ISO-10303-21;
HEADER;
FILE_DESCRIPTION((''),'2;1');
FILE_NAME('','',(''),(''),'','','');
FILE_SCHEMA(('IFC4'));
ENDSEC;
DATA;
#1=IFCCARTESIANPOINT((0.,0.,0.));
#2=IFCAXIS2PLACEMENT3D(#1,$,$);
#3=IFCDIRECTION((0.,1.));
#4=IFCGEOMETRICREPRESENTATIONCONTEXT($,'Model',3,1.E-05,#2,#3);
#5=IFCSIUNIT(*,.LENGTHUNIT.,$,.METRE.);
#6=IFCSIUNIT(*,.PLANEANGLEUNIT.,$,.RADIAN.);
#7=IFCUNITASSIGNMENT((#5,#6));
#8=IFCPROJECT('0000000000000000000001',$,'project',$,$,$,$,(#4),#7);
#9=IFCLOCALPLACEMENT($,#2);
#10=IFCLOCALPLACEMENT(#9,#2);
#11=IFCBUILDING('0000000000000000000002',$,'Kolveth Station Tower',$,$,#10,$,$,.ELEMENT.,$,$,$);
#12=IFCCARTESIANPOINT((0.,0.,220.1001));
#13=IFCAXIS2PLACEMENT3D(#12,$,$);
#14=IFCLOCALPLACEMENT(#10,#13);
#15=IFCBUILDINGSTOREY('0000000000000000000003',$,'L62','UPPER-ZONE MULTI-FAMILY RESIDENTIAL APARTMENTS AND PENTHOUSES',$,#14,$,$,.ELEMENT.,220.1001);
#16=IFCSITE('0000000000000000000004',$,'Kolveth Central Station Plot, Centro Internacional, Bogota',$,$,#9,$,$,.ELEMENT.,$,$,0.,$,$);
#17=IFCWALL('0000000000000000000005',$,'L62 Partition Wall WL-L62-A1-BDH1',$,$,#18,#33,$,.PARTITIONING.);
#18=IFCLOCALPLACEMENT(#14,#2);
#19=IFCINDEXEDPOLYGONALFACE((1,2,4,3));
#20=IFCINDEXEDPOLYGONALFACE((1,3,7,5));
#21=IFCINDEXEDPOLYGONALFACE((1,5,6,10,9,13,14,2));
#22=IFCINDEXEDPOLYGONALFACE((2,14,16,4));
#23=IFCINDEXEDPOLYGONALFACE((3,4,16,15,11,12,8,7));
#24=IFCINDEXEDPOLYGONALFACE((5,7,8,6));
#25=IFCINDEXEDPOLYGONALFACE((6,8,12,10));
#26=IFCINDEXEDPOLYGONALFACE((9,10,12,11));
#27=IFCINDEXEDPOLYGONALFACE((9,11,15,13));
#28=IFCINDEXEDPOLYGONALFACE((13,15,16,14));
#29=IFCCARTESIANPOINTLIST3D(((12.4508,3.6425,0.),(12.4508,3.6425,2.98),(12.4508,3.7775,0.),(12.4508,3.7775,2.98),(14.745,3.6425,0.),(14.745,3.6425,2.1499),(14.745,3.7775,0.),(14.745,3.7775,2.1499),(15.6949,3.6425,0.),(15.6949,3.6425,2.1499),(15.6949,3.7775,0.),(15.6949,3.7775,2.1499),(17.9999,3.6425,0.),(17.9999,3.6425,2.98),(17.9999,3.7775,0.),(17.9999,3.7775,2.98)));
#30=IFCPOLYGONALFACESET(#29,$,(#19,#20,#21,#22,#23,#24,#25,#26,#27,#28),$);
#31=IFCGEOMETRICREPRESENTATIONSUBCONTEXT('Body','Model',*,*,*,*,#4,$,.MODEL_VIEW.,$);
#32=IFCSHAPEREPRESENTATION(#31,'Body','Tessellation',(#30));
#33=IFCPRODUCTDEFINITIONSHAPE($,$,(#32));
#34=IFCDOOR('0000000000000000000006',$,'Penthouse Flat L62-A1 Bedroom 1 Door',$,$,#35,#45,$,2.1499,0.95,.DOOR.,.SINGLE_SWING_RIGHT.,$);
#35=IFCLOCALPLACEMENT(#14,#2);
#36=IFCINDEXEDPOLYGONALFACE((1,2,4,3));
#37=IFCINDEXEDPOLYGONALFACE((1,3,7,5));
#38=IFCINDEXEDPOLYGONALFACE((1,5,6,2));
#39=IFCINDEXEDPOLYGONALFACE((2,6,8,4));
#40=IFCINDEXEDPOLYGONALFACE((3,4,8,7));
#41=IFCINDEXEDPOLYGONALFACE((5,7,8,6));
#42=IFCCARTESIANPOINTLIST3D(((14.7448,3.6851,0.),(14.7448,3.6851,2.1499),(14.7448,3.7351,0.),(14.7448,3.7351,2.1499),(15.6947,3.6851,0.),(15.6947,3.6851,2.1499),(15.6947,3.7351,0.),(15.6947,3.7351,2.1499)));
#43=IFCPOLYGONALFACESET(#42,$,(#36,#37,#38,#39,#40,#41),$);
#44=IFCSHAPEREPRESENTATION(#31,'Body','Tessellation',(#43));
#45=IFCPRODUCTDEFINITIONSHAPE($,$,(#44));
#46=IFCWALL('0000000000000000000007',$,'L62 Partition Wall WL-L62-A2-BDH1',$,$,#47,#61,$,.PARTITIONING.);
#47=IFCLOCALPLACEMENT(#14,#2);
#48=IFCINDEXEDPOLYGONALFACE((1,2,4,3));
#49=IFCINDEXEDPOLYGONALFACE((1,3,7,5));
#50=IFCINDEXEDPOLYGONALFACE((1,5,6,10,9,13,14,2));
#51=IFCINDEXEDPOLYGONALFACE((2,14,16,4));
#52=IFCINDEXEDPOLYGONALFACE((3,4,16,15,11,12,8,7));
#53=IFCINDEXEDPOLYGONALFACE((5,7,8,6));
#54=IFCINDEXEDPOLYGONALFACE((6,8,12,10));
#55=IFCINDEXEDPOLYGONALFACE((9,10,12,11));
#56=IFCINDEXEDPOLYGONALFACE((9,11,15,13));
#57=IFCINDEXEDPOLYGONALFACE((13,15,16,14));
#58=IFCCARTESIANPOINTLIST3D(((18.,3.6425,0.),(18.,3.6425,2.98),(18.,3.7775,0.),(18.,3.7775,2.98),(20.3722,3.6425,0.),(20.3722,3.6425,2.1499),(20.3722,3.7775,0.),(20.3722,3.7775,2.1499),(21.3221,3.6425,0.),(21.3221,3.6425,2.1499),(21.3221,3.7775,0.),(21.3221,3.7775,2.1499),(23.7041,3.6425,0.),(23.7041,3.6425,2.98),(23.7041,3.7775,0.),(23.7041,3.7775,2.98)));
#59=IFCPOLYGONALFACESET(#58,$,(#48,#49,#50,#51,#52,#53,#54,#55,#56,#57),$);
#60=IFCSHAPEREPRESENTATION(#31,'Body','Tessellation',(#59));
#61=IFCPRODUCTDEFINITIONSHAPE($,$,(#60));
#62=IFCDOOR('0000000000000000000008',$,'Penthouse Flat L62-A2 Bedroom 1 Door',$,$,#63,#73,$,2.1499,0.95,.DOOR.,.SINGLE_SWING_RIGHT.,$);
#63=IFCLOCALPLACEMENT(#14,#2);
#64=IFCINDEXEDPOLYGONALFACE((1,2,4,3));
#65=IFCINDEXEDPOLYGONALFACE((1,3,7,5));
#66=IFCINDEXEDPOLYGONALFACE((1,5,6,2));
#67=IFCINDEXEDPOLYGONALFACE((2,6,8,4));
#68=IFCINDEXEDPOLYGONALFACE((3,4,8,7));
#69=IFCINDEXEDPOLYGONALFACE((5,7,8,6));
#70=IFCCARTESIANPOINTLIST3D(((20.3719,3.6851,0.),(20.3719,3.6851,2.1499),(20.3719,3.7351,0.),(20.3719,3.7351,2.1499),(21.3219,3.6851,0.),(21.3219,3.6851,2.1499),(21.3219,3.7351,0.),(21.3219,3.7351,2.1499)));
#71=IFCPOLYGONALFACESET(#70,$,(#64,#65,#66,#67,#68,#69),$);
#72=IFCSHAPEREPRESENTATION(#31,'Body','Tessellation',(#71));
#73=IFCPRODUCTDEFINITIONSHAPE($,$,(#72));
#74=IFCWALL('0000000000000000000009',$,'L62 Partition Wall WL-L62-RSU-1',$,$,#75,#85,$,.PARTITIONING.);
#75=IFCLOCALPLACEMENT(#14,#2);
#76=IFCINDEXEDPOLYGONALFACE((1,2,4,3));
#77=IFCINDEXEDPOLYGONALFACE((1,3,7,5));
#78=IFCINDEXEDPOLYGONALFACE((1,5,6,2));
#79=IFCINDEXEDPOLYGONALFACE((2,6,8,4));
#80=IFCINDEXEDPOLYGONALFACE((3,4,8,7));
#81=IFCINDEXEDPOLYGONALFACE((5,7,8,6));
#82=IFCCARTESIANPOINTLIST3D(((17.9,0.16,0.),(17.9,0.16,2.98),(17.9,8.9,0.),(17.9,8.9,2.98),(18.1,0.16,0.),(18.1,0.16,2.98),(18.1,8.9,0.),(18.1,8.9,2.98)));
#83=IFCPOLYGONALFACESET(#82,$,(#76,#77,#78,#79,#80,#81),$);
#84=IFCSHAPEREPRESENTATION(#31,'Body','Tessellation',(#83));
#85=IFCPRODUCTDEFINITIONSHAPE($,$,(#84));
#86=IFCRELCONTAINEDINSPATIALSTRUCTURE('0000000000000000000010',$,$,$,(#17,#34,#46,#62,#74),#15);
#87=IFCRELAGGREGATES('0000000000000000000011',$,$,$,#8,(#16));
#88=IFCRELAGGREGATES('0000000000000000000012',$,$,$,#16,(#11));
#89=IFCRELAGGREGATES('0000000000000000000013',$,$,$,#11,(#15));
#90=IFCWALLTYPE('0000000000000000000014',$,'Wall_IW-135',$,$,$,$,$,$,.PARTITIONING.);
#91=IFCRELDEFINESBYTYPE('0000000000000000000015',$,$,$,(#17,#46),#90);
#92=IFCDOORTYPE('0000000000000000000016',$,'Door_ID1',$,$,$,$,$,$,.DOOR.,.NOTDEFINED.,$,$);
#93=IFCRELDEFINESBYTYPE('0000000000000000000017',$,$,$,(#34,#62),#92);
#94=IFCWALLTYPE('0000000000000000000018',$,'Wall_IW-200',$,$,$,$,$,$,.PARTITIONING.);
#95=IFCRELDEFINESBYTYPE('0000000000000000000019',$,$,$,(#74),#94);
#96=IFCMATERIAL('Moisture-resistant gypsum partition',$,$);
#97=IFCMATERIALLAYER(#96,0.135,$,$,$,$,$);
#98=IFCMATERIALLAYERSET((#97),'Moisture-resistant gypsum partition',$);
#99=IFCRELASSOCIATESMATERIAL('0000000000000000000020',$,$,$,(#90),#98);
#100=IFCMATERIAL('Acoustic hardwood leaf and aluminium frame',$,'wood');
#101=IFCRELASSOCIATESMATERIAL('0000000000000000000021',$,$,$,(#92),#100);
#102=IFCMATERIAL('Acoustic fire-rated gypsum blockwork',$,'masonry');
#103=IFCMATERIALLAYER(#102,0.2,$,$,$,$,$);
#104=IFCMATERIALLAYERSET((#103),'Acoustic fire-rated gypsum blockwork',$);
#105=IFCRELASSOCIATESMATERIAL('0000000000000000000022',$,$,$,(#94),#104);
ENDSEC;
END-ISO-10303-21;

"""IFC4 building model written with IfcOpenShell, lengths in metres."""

from ifc_helpers import new_model, si_unit, direction, frame, frame_2d, origin, place, context, subcontext, project, spatial, rectangle, extrude, material, layer, layer_set, type_object, element, fill, save


model = new_model("IFC4")

# Units and contexts
model_context = context("Model", 3, precision=1e-05, world=origin(), true_north=direction((0.0, 1.0)))
body_context = subcontext(model_context, "Body", "Model", "MODEL_VIEW")
ifc_project = project(units=[si_unit("LENGTHUNIT", "METRE"), si_unit("PLANEANGLEUNIT", "RADIAN")], contexts=[model_context])

# Site, building, storey
site_placement = place(None, origin())
site = spatial("IfcSite", under=ifc_project, at=site_placement, Name="Kolveth Central Station Plot, Centro Internacional, Bogota", CompositionType="ELEMENT", RefElevation=0.0)
building_placement = place(site_placement, origin())
building = spatial("IfcBuilding", under=site, at=building_placement, Name="Kolveth Station Tower", CompositionType="ELEMENT")
storey_placement = place(building_placement, frame((0.0, 0.0, 220.1001)))
storey = spatial("IfcBuildingStorey", under=building, at=storey_placement, Name="L62", Description="UPPER-ZONE MULTI-FAMILY RESIDENTIAL APARTMENTS AND PENTHOUSES", CompositionType="ELEMENT", Elevation=220.1001)

# Shared definitions
ifc_material_1 = material(Name="Moisture-resistant gypsum partition")
ifc_layer_1 = layer(ifc_material_1, 0.135)
ifc_layer_set_1 = layer_set([ifc_layer_1], Name="Moisture-resistant gypsum partition")
wall_type_1 = type_object("IfcWallType", Name="Wall_IW-135", PredefinedType="PARTITIONING", material=ifc_layer_set_1)

# Walls, openings, doors
wall_1_placement = place(storey_placement, frame((12.4509, 3.71, 0.0), z_axis=(0.0, 0.0, 1.0), x_axis=(1.0, 0.0, 0.0)))
wall_1 = element("IfcWall", 1, at=wall_1_placement, inside=storey, type_object=wall_type_1, Name="L62 Partition Wall WL-L62-A1-BDH1", PredefinedType="PARTITIONING", context=body_context, shape_type="SweptSolid", body=[
    extrude(rectangle(XDim=5.5491, YDim=0.135, at=frame_2d((2.7744, 0.0))), origin(), (0.0, 0.0, 1.0), 2.98),
])
opening_1_placement = place(wall_1_placement, frame((2.2939, 0.0, 0.0)))
opening_1 = element("IfcOpeningElement", 2, at=opening_1_placement, cuts=wall_1, PredefinedType="OPENING", context=body_context, shape_type="SweptSolid", body=[
    extrude(rectangle(XDim=0.95, YDim=2.1499, at=frame_2d((0.4751, 1.075))), frame((0.0, 0.0774, 0.0), z_axis=(0.0, -1.0, 0.0), x_axis=(1.0, 0.0, 0.0)), (0.0, 0.0, 1.0), 0.155),
])
ifc_material_2 = material(Name="Acoustic hardwood leaf and aluminium frame", Category="wood")
door_type = type_object("IfcDoorType", Name="Door_ID1", OperationType="NOTDEFINED", PredefinedType="DOOR", material=ifc_material_2)
door_1_placement = place(opening_1_placement, frame((0.95, 0.0, 0.0), z_axis=(0.0, 0.0, 1.0), x_axis=(-1.0, 0.0, 0.0)))
door_1 = element("IfcDoor", 3, at=door_1_placement, inside=storey, type_object=door_type, Name="Penthouse Flat L62-A1 Bedroom 1 Door", OperationType="SINGLE_SWING_RIGHT", OverallHeight=2.1499, OverallWidth=0.95, PredefinedType="DOOR", context=body_context, shape_type="SweptSolid", body=[
    extrude(rectangle(XDim=0.95, YDim=2.1499, at=frame_2d((0.4751, 1.075))), frame((0.0, 0.0249, 0.0), z_axis=(0.0, -1.0, 0.0), x_axis=(1.0, 0.0, 0.0)), (0.0, 0.0, 1.0), 0.05),
])
fill(opening_1, door_1)
wall_2_placement = place(storey_placement, frame((18.0, 3.71, 0.0), z_axis=(0.0, 0.0, 1.0), x_axis=(1.0, 0.0, 0.0)))
wall_2 = element("IfcWall", 4, at=wall_2_placement, inside=storey, type_object=wall_type_1, Name="L62 Partition Wall WL-L62-A2-BDH1", PredefinedType="PARTITIONING", context=body_context, shape_type="SweptSolid", body=[
    extrude(rectangle(XDim=5.7041, YDim=0.135, at=frame_2d((2.8521, 0.0))), origin(), (0.0, 0.0, 1.0), 2.98),
])
opening_2_placement = place(wall_2_placement, frame((2.3721, 0.0, 0.0)))
opening_2 = element("IfcOpeningElement", 5, at=opening_2_placement, cuts=wall_2, PredefinedType="OPENING", context=body_context, shape_type="SweptSolid", body=[
    extrude(rectangle(XDim=0.95, YDim=2.1499, at=frame_2d((0.4751, 1.075))), frame((0.0, 0.0774, 0.0), z_axis=(0.0, -1.0, 0.0), x_axis=(1.0, 0.0, 0.0)), (0.0, 0.0, 1.0), 0.155),
])
door_2_placement = place(opening_2_placement, frame((0.95, 0.0, 0.0), z_axis=(0.0, 0.0, 1.0), x_axis=(-1.0, 0.0, 0.0)))
door_2 = element("IfcDoor", 6, at=door_2_placement, inside=storey, type_object=door_type, Name="Penthouse Flat L62-A2 Bedroom 1 Door", OperationType="SINGLE_SWING_RIGHT", OverallHeight=2.1499, OverallWidth=0.95, PredefinedType="DOOR", context=body_context, shape_type="SweptSolid", body=[
    extrude(rectangle(XDim=0.95, YDim=2.1499, at=frame_2d((0.4751, 1.075))), frame((0.0, 0.0249, 0.0), z_axis=(0.0, -1.0, 0.0), x_axis=(1.0, 0.0, 0.0)), (0.0, 0.0, 1.0), 0.05),
])
fill(opening_2, door_2)

# Wall
ifc_material_3 = material(Name="Acoustic fire-rated gypsum blockwork", Category="masonry")
ifc_layer_2 = layer(ifc_material_3, 0.2)
ifc_layer_set_2 = layer_set([ifc_layer_2], Name="Acoustic fire-rated gypsum blockwork")
wall_type_2 = type_object("IfcWallType", Name="Wall_IW-200", PredefinedType="PARTITIONING", material=ifc_layer_set_2)
wall_3_placement = place(storey_placement, frame((18.0, 0.1599, 0.0), z_axis=(0.0, 0.0, 1.0), x_axis=(0.0, 1.0, 0.0)))
element("IfcWall", 7, at=wall_3_placement, inside=storey, type_object=wall_type_2, Name="L62 Partition Wall WL-L62-RSU-1", PredefinedType="PARTITIONING", context=body_context, shape_type="SweptSolid", body=[
    extrude(rectangle(XDim=8.74, YDim=0.2, at=frame_2d((4.3701, 0.0))), origin(), (0.0, 0.0, 1.0), 2.98),
])

save(model, "model.ifc")
